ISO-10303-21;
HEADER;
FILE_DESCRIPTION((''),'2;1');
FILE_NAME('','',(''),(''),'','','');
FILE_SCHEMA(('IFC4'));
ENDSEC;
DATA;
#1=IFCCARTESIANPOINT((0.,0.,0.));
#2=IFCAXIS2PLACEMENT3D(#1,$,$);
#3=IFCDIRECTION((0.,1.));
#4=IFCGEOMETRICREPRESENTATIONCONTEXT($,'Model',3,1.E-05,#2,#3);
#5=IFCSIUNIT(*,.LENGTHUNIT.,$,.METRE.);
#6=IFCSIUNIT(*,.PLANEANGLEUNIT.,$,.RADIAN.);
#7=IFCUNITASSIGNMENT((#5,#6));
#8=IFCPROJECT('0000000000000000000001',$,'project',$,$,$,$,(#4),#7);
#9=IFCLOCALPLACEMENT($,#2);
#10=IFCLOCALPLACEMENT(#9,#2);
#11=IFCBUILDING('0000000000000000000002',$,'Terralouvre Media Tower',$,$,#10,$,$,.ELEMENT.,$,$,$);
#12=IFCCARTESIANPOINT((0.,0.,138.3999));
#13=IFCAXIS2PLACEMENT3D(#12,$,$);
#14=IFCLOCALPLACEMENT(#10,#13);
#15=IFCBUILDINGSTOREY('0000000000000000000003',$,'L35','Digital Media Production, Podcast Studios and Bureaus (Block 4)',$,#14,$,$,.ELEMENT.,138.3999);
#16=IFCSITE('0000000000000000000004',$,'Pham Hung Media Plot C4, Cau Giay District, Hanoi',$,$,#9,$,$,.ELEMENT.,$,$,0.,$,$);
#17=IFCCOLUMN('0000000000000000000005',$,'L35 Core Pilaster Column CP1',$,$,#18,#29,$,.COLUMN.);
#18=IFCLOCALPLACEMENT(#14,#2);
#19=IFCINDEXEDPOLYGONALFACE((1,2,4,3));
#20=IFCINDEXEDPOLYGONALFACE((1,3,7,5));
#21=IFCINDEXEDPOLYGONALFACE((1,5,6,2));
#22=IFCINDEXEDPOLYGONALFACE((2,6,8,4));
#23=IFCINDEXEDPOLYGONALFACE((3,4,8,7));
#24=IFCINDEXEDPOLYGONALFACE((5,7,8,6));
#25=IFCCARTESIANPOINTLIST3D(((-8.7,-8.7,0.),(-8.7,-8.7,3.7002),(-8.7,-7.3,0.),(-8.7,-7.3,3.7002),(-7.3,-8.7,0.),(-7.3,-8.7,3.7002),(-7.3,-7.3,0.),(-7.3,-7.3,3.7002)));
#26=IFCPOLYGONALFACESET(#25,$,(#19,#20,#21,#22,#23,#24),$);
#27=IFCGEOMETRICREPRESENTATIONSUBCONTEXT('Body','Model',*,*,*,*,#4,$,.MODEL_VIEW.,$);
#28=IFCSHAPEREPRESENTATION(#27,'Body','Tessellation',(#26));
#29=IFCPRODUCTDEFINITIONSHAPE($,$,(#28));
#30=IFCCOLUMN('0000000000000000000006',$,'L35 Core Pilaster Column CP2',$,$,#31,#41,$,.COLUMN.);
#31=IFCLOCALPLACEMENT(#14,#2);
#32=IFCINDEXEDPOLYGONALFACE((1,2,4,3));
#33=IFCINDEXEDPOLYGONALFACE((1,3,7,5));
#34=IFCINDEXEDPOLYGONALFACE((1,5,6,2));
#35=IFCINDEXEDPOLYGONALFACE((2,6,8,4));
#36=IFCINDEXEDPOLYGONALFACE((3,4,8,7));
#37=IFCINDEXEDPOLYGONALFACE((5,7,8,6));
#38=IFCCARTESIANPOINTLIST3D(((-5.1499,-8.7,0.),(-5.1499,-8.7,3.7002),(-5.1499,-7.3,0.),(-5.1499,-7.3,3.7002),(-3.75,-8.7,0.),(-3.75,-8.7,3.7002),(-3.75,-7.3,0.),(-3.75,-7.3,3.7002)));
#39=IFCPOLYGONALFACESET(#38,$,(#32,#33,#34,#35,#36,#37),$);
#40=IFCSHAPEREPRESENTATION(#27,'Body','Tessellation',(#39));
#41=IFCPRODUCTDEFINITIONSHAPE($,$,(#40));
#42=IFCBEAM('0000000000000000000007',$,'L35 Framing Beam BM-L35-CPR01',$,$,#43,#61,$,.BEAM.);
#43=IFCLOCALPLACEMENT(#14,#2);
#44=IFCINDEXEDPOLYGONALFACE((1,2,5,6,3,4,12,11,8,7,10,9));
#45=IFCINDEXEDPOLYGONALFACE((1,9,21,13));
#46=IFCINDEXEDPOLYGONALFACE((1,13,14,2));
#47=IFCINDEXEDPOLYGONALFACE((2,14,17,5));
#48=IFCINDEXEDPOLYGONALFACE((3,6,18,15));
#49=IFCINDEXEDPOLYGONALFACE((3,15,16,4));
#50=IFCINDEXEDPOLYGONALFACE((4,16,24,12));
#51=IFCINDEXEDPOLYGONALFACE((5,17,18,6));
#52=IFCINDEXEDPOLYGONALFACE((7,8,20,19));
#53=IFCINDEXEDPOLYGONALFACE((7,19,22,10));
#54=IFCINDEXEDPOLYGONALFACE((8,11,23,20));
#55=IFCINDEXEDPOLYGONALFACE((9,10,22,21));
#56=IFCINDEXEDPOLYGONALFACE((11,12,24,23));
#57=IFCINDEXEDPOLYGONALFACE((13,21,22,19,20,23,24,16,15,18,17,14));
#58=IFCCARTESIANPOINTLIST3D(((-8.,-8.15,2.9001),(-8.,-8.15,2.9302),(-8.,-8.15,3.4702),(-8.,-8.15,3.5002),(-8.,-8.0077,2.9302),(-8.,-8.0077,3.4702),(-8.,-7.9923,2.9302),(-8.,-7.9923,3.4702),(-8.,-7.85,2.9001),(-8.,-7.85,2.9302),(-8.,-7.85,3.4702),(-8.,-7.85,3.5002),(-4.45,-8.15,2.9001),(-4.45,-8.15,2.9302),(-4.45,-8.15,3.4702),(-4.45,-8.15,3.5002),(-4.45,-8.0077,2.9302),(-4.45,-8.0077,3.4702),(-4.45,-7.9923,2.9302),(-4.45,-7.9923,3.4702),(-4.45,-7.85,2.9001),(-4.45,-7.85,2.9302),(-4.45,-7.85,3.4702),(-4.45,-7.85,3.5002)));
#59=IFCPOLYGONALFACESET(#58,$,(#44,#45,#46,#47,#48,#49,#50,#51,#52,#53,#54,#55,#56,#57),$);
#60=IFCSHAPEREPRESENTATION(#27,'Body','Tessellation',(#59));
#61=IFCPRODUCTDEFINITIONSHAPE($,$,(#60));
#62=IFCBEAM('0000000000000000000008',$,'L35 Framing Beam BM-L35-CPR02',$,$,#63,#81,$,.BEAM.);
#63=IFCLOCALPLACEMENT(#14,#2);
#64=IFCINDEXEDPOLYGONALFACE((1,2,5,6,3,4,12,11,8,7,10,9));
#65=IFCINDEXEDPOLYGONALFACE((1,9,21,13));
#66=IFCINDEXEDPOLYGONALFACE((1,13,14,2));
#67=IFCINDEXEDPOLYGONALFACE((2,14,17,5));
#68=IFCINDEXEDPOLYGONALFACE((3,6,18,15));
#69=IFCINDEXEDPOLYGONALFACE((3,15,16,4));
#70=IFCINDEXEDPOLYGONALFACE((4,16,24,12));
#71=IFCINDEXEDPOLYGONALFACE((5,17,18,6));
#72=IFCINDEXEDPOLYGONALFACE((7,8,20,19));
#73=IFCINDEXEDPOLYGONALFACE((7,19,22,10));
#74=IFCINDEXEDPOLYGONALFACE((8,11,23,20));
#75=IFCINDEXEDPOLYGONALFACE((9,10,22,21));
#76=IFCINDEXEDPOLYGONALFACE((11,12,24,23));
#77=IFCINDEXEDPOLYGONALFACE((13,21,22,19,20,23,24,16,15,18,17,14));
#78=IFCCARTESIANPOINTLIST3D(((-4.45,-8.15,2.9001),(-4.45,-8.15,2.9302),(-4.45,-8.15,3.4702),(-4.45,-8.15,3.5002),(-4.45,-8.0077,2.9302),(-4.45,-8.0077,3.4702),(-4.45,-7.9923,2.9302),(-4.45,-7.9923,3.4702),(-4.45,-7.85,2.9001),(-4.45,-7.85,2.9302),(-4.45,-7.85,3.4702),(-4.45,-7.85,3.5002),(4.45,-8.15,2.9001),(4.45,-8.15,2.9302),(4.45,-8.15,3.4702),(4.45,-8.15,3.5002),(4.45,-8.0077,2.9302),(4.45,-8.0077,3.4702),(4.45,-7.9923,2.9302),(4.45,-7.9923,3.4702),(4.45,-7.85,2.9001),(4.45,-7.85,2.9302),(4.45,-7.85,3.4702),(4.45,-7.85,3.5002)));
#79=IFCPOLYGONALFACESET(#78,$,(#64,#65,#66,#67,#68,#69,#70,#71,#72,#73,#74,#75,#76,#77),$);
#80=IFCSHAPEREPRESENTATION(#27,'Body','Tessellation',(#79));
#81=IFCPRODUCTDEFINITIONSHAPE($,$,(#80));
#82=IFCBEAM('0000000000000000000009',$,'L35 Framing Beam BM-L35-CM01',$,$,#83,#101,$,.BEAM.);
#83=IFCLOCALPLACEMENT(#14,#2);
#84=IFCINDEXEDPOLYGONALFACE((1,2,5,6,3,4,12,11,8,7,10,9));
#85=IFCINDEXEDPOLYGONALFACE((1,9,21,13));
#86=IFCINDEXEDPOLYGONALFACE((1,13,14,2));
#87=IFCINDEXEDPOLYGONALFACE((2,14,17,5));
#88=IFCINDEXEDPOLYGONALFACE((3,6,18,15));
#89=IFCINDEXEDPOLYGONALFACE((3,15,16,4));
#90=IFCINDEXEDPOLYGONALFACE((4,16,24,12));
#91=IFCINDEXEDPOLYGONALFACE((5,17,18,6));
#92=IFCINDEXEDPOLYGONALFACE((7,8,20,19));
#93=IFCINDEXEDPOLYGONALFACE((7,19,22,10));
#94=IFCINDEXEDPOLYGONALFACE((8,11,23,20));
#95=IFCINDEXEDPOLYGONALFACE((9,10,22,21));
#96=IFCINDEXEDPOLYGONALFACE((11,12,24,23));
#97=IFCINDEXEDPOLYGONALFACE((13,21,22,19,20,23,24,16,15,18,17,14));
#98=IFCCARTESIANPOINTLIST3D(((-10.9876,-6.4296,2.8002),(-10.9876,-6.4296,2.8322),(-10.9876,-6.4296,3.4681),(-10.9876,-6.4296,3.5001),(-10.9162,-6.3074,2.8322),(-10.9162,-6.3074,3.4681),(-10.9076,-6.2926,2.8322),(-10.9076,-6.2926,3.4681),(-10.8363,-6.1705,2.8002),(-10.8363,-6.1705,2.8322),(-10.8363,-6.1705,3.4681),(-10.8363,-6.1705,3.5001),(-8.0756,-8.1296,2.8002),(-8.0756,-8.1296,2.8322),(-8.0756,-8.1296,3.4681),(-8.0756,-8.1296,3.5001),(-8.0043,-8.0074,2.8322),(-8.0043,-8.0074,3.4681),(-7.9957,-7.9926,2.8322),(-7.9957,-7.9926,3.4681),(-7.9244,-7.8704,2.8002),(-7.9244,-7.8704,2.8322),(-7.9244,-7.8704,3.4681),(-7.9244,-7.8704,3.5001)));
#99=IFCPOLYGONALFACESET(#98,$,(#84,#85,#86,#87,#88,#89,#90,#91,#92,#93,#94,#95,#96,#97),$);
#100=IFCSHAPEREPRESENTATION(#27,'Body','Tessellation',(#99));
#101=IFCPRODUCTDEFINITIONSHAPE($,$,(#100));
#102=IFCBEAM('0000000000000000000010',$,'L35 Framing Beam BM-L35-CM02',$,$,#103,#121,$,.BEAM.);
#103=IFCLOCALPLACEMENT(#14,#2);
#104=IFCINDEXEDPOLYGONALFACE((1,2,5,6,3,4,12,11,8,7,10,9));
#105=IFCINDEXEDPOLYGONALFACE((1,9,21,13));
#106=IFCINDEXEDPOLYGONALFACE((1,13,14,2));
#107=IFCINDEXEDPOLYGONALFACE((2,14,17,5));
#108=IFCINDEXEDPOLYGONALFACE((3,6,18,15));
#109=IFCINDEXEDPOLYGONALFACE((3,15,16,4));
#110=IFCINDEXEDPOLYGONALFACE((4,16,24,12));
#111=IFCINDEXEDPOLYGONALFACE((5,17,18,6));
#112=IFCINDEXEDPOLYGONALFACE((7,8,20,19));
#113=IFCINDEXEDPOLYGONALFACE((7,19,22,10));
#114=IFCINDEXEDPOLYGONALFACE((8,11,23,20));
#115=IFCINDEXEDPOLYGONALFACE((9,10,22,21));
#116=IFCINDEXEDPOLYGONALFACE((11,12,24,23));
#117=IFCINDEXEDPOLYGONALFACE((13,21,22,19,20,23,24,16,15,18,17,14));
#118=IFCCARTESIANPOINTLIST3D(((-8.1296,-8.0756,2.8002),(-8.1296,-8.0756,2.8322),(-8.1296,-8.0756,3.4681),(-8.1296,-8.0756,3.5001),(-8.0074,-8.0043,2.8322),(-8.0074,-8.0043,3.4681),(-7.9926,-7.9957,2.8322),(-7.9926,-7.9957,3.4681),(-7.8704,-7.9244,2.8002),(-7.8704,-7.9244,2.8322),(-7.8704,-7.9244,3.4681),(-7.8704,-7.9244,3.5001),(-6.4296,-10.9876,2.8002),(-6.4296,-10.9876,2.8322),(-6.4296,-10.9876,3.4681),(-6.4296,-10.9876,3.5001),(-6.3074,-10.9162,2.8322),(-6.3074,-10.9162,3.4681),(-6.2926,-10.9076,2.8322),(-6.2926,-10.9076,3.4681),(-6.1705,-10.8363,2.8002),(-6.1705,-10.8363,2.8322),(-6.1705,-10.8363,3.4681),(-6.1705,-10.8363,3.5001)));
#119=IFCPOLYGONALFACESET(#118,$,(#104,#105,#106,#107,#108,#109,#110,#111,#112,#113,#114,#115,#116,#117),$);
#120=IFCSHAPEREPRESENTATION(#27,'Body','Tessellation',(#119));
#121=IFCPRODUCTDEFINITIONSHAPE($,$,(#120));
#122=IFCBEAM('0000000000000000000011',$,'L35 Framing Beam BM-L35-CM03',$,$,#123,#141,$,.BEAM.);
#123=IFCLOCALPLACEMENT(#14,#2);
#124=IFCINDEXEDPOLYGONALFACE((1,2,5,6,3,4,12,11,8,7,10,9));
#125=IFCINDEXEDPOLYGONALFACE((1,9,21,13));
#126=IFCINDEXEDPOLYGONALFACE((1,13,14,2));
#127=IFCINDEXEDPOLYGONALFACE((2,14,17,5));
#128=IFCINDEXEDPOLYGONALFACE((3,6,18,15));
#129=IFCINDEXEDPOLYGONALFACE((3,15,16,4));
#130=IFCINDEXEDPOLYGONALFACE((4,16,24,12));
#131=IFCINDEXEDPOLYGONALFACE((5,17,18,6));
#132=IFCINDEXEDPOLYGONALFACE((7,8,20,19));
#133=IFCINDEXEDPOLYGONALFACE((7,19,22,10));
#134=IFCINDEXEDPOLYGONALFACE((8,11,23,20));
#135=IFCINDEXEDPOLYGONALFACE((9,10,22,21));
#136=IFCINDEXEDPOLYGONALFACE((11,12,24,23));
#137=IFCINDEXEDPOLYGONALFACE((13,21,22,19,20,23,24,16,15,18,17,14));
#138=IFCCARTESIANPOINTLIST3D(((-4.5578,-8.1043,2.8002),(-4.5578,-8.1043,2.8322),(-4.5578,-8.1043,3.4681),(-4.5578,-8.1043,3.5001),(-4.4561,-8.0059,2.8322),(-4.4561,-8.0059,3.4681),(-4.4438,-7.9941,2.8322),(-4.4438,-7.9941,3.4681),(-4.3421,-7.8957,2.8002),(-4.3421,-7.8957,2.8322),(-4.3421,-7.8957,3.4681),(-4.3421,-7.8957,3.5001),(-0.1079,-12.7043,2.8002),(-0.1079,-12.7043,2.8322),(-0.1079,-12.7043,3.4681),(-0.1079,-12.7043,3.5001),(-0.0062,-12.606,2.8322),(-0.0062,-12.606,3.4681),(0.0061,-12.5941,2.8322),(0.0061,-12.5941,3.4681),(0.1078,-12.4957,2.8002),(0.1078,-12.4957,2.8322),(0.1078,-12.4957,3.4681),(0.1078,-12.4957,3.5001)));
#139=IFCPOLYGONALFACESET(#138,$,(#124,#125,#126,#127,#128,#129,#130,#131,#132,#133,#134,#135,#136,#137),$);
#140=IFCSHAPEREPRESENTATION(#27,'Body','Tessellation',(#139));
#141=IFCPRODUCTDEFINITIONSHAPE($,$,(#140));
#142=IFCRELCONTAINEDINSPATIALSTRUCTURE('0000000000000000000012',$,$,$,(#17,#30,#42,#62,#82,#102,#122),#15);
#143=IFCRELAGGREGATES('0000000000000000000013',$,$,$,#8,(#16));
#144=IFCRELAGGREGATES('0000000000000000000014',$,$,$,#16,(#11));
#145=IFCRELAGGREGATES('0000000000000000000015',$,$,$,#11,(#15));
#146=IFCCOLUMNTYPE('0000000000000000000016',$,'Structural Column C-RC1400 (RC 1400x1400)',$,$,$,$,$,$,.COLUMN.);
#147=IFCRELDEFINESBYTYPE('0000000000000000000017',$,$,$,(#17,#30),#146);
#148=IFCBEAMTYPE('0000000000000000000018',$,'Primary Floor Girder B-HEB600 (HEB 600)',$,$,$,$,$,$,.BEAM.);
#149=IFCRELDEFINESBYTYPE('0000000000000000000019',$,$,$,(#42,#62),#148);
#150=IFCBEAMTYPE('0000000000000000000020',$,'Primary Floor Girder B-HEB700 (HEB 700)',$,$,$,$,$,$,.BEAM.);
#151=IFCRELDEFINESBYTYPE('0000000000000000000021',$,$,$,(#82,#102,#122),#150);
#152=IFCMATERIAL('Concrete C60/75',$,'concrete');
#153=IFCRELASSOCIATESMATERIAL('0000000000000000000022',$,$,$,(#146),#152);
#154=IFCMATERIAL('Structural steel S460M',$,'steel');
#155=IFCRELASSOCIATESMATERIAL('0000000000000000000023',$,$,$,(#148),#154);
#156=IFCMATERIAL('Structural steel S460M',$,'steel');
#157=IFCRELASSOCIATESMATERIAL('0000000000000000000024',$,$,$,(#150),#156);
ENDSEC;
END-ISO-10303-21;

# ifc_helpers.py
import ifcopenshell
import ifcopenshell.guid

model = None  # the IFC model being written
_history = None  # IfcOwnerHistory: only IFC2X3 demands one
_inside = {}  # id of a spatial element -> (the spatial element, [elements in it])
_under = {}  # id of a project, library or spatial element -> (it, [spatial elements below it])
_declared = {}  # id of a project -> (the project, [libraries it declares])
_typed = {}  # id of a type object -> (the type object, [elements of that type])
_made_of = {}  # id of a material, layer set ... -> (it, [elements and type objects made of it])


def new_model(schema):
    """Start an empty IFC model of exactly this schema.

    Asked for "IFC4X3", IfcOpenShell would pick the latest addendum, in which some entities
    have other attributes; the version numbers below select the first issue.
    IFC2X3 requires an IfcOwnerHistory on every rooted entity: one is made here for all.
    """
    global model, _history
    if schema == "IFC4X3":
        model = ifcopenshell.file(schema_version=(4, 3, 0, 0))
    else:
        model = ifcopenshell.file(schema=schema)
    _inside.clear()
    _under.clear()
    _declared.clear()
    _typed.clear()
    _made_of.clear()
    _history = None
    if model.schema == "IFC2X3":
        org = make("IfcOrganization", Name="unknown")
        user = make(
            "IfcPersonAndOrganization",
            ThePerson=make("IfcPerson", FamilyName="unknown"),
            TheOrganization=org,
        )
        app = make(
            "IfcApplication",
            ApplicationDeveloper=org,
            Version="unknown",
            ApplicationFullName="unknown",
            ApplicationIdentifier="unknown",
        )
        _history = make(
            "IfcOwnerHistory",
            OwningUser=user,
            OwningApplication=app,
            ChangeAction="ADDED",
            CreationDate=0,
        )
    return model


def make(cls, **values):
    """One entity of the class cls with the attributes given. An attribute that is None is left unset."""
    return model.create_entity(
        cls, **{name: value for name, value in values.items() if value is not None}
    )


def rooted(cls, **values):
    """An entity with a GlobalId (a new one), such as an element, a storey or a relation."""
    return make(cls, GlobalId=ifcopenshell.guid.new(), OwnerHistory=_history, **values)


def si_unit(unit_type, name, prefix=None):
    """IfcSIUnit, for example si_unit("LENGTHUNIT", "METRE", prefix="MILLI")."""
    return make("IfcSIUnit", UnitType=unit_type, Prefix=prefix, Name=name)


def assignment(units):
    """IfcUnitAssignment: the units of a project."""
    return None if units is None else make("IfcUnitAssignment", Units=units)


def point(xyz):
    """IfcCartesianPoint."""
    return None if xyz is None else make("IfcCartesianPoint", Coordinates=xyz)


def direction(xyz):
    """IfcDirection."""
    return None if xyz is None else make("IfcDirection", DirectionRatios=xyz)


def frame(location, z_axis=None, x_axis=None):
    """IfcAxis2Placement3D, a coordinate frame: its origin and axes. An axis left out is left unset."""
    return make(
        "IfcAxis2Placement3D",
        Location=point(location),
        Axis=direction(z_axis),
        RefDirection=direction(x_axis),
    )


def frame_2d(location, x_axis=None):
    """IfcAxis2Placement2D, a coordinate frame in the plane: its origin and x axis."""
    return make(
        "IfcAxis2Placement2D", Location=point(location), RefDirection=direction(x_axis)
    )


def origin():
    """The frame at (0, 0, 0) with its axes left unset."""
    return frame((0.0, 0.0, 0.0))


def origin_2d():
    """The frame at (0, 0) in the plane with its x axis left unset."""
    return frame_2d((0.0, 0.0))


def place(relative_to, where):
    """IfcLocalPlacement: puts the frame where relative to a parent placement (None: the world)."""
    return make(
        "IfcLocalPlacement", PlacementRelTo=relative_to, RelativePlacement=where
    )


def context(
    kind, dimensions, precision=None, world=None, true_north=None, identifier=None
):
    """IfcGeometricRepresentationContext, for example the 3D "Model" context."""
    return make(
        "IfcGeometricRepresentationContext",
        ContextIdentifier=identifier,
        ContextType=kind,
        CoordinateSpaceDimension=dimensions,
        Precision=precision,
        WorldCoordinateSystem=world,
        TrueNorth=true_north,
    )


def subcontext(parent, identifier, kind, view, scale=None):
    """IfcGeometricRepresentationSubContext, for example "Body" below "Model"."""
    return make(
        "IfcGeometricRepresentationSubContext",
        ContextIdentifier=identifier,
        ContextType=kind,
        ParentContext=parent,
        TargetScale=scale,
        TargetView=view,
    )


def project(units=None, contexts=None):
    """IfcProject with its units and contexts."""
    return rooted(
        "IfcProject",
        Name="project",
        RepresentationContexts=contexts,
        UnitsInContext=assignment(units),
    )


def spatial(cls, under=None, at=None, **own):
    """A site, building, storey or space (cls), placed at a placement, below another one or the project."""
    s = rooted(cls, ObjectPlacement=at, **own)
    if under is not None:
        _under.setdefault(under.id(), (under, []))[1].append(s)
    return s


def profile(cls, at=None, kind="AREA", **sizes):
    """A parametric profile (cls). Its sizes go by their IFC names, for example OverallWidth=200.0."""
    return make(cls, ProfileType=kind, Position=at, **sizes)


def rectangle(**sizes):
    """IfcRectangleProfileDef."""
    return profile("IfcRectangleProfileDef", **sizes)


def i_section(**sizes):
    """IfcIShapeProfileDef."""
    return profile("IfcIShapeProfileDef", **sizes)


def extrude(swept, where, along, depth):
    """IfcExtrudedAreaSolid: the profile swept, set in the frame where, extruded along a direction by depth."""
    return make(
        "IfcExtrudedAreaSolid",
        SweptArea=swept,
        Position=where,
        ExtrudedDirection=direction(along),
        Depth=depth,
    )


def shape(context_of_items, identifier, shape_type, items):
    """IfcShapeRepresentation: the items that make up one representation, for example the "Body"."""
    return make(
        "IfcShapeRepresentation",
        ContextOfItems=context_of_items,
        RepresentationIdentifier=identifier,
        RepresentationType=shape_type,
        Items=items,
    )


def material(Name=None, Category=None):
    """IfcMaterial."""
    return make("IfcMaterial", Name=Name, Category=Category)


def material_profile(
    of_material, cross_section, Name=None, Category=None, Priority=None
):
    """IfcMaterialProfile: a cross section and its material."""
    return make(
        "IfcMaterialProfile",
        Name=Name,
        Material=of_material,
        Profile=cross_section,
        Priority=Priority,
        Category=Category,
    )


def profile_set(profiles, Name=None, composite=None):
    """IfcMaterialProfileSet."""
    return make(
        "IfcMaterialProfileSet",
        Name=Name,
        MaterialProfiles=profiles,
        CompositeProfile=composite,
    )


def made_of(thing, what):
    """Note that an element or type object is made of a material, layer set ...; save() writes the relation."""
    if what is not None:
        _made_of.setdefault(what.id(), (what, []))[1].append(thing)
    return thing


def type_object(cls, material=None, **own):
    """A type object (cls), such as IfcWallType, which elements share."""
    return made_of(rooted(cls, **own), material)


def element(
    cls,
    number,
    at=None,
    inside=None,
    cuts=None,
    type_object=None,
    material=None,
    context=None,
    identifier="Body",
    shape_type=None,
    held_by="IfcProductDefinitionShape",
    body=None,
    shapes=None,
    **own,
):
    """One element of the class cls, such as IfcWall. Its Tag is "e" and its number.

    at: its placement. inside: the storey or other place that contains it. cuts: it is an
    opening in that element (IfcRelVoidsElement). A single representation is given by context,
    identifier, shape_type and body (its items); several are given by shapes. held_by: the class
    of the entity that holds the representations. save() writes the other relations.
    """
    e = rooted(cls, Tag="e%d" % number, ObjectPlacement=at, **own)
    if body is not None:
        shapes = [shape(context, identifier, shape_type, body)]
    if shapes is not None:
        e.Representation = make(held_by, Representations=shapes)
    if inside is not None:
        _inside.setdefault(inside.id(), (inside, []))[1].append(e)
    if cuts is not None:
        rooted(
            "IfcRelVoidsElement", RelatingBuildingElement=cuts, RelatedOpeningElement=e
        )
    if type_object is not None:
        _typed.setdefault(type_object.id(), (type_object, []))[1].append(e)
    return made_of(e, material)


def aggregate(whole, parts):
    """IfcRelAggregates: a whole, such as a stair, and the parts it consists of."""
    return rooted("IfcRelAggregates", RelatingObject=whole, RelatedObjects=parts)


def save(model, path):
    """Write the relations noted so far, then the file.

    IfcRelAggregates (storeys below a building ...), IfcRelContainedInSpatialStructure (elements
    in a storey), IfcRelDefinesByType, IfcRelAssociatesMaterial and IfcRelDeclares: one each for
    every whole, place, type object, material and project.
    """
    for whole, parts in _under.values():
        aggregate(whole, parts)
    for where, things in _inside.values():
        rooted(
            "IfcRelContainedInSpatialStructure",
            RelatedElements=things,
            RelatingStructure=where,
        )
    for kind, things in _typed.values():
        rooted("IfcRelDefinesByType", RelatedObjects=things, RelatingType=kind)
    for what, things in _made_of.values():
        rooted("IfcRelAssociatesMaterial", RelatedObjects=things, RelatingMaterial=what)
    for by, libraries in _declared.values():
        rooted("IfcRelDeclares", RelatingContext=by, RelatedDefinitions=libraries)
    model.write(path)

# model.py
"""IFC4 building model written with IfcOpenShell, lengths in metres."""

from ifc_helpers import new_model, si_unit, direction, frame, origin, origin_2d, place, context, subcontext, project, spatial, rectangle, i_section, extrude, material, material_profile, profile_set, type_object, element, save


model = new_model("IFC4")

# Units and contexts
model_context = context("Model", 3, precision=1e-05, world=origin(), true_north=direction((0.0, 1.0)))
body_context = subcontext(model_context, "Body", "Model", "MODEL_VIEW")
ifc_project = project(units=[si_unit("LENGTHUNIT", "METRE"), si_unit("PLANEANGLEUNIT", "RADIAN")], contexts=[model_context])

# Site, building, storey
site_placement = place(None, origin())
site = spatial("IfcSite", under=ifc_project, at=site_placement, Name="Pham Hung Media Plot C4, Cau Giay District, Hanoi", CompositionType="ELEMENT", RefElevation=0.0)
building_placement = place(site_placement, origin())
building = spatial("IfcBuilding", under=site, at=building_placement, Name="Terralouvre Media Tower", CompositionType="ELEMENT")
storey_placement = place(building_placement, frame((0.0, 0.0, 138.3999)))
storey = spatial("IfcBuildingStorey", under=building, at=storey_placement, Name="L35", Description="Digital Media Production, Podcast Studios and Bureaus (Block 4)", CompositionType="ELEMENT", Elevation=138.3999)

# Columns
ifc_material_1 = material(Name="Concrete C60/75", Category="concrete")
ifc_material_profile_1 = material_profile(ifc_material_1, rectangle(XDim=1.3999, YDim=1.3999, at=origin_2d()), Name="RC 1400x1400")
ifc_profile_set_1 = profile_set([ifc_material_profile_1], Name="Concrete C60/75")
column_type = type_object("IfcColumnType", Name="Structural Column C-RC1400 (RC 1400x1400)", PredefinedType="COLUMN", material=ifc_profile_set_1)
for number, where, z_axis, x_axis, name in (
    (1, (-8.0, -8.0, 0.0), (0.0, 0.0, 1.0), (1.0, 0.0, 0.0), "L35 Core Pilaster Column CP1"),
    (2, (-4.45, -8.0, 0.0), (0.0, 0.0, 1.0), (1.0, 0.0, 0.0), "L35 Core Pilaster Column CP2"),
):
    element("IfcColumn", number, at=place(storey_placement, frame(where, z_axis=z_axis, x_axis=x_axis)), inside=storey, type_object=column_type, Name=name, PredefinedType="COLUMN", context=body_context, shape_type="SweptSolid", body=[
        extrude(rectangle(XDim=1.3999, YDim=1.3999, at=origin_2d()), origin(), (0.0, 0.0, 1.0), 3.7002),
    ])

# Beams
ifc_material_2 = material(Name="Structural steel S460M", Category="steel")
ifc_material_profile_2 = material_profile(ifc_material_2, i_section(OverallWidth=0.3, OverallDepth=0.6001, WebThickness=0.0154, FlangeThickness=0.03, at=origin_2d()), Name="HEB 600")
ifc_profile_set_2 = profile_set([ifc_material_profile_2], Name="Structural steel S460M")
beam_type_1 = type_object("IfcBeamType", Name="Primary Floor Girder B-HEB600 (HEB 600)", PredefinedType="BEAM", material=ifc_profile_set_2)
beam_1_placement = place(storey_placement, frame((-8.0, -8.0, 3.2002), z_axis=(1.0, 0.0, 0.0), x_axis=(0.0, 1.0, 0.0)))
element("IfcBeam", 3, at=beam_1_placement, inside=storey, type_object=beam_type_1, Name="L35 Framing Beam BM-L35-CPR01", PredefinedType="BEAM", context=body_context, shape_type="SweptSolid", body=[
    extrude(i_section(OverallWidth=0.3, OverallDepth=0.6001, WebThickness=0.0154, FlangeThickness=0.03, at=origin_2d()), origin(), (0.0, 0.0, 1.0), 3.55),
])
beam_2_placement = place(storey_placement, frame((-4.45, -8.0, 3.2002), z_axis=(1.0, 0.0, 0.0), x_axis=(0.0, 1.0, 0.0)))
element("IfcBeam", 4, at=beam_2_placement, inside=storey, type_object=beam_type_1, Name="L35 Framing Beam BM-L35-CPR02", PredefinedType="BEAM", context=body_context, shape_type="SweptSolid", body=[
    extrude(i_section(OverallWidth=0.3, OverallDepth=0.6001, WebThickness=0.0154, FlangeThickness=0.03, at=origin_2d()), origin(), (0.0, 0.0, 1.0), 8.8999),
])
ifc_material_3 = material(Name="Structural steel S460M", Category="steel")
ifc_material_profile_3 = material_profile(ifc_material_3, i_section(OverallWidth=0.3, OverallDepth=0.7, WebThickness=0.0171, FlangeThickness=0.032, at=origin_2d()), Name="HEB 700")
ifc_profile_set_3 = profile_set([ifc_material_profile_3], Name="Structural steel S460M")
beam_type_2 = type_object("IfcBeamType", Name="Primary Floor Girder B-HEB700 (HEB 700)", PredefinedType="BEAM", material=ifc_profile_set_3)
for number, where, z_axis, x_axis, name in (
    (5, (-8.0, -8.0, 3.1501), (-0.863603, 0.504173, 0.0), (-0.504173, -0.863603, 0.0), "L35 Framing Beam BM-L35-CM01"),
    (6, (-8.0, -8.0, 3.1501), (0.504173, -0.863603, 0.0), (0.863603, 0.504173, 0.0), "L35 Framing Beam BM-L35-CM02"),
):
    element("IfcBeam", number, at=place(storey_placement, frame(where, z_axis=z_axis, x_axis=x_axis)), inside=storey, type_object=beam_type_2, Name=name, PredefinedType="BEAM", context=body_context, shape_type="SweptSolid", body=[
        extrude(i_section(OverallWidth=0.3, OverallDepth=0.7, WebThickness=0.0171, FlangeThickness=0.032, at=origin_2d()), origin(), (0.0, 0.0, 1.0), 3.3718),
    ])
beam_3_placement = place(storey_placement, frame((-4.45, -8.0, 3.1501), z_axis=(0.69528, -0.718739, 0.0), x_axis=(0.718739, 0.69528, 0.0)))
element("IfcBeam", 7, at=beam_3_placement, inside=storey, type_object=beam_type_2, Name="L35 Framing Beam BM-L35-CM03", PredefinedType="BEAM", context=body_context, shape_type="SweptSolid", body=[
    extrude(i_section(OverallWidth=0.3, OverallDepth=0.7, WebThickness=0.0171, FlangeThickness=0.032, at=origin_2d()), origin(), (0.0, 0.0, 1.0), 6.4001),
])

save(model, "model.ifc")
